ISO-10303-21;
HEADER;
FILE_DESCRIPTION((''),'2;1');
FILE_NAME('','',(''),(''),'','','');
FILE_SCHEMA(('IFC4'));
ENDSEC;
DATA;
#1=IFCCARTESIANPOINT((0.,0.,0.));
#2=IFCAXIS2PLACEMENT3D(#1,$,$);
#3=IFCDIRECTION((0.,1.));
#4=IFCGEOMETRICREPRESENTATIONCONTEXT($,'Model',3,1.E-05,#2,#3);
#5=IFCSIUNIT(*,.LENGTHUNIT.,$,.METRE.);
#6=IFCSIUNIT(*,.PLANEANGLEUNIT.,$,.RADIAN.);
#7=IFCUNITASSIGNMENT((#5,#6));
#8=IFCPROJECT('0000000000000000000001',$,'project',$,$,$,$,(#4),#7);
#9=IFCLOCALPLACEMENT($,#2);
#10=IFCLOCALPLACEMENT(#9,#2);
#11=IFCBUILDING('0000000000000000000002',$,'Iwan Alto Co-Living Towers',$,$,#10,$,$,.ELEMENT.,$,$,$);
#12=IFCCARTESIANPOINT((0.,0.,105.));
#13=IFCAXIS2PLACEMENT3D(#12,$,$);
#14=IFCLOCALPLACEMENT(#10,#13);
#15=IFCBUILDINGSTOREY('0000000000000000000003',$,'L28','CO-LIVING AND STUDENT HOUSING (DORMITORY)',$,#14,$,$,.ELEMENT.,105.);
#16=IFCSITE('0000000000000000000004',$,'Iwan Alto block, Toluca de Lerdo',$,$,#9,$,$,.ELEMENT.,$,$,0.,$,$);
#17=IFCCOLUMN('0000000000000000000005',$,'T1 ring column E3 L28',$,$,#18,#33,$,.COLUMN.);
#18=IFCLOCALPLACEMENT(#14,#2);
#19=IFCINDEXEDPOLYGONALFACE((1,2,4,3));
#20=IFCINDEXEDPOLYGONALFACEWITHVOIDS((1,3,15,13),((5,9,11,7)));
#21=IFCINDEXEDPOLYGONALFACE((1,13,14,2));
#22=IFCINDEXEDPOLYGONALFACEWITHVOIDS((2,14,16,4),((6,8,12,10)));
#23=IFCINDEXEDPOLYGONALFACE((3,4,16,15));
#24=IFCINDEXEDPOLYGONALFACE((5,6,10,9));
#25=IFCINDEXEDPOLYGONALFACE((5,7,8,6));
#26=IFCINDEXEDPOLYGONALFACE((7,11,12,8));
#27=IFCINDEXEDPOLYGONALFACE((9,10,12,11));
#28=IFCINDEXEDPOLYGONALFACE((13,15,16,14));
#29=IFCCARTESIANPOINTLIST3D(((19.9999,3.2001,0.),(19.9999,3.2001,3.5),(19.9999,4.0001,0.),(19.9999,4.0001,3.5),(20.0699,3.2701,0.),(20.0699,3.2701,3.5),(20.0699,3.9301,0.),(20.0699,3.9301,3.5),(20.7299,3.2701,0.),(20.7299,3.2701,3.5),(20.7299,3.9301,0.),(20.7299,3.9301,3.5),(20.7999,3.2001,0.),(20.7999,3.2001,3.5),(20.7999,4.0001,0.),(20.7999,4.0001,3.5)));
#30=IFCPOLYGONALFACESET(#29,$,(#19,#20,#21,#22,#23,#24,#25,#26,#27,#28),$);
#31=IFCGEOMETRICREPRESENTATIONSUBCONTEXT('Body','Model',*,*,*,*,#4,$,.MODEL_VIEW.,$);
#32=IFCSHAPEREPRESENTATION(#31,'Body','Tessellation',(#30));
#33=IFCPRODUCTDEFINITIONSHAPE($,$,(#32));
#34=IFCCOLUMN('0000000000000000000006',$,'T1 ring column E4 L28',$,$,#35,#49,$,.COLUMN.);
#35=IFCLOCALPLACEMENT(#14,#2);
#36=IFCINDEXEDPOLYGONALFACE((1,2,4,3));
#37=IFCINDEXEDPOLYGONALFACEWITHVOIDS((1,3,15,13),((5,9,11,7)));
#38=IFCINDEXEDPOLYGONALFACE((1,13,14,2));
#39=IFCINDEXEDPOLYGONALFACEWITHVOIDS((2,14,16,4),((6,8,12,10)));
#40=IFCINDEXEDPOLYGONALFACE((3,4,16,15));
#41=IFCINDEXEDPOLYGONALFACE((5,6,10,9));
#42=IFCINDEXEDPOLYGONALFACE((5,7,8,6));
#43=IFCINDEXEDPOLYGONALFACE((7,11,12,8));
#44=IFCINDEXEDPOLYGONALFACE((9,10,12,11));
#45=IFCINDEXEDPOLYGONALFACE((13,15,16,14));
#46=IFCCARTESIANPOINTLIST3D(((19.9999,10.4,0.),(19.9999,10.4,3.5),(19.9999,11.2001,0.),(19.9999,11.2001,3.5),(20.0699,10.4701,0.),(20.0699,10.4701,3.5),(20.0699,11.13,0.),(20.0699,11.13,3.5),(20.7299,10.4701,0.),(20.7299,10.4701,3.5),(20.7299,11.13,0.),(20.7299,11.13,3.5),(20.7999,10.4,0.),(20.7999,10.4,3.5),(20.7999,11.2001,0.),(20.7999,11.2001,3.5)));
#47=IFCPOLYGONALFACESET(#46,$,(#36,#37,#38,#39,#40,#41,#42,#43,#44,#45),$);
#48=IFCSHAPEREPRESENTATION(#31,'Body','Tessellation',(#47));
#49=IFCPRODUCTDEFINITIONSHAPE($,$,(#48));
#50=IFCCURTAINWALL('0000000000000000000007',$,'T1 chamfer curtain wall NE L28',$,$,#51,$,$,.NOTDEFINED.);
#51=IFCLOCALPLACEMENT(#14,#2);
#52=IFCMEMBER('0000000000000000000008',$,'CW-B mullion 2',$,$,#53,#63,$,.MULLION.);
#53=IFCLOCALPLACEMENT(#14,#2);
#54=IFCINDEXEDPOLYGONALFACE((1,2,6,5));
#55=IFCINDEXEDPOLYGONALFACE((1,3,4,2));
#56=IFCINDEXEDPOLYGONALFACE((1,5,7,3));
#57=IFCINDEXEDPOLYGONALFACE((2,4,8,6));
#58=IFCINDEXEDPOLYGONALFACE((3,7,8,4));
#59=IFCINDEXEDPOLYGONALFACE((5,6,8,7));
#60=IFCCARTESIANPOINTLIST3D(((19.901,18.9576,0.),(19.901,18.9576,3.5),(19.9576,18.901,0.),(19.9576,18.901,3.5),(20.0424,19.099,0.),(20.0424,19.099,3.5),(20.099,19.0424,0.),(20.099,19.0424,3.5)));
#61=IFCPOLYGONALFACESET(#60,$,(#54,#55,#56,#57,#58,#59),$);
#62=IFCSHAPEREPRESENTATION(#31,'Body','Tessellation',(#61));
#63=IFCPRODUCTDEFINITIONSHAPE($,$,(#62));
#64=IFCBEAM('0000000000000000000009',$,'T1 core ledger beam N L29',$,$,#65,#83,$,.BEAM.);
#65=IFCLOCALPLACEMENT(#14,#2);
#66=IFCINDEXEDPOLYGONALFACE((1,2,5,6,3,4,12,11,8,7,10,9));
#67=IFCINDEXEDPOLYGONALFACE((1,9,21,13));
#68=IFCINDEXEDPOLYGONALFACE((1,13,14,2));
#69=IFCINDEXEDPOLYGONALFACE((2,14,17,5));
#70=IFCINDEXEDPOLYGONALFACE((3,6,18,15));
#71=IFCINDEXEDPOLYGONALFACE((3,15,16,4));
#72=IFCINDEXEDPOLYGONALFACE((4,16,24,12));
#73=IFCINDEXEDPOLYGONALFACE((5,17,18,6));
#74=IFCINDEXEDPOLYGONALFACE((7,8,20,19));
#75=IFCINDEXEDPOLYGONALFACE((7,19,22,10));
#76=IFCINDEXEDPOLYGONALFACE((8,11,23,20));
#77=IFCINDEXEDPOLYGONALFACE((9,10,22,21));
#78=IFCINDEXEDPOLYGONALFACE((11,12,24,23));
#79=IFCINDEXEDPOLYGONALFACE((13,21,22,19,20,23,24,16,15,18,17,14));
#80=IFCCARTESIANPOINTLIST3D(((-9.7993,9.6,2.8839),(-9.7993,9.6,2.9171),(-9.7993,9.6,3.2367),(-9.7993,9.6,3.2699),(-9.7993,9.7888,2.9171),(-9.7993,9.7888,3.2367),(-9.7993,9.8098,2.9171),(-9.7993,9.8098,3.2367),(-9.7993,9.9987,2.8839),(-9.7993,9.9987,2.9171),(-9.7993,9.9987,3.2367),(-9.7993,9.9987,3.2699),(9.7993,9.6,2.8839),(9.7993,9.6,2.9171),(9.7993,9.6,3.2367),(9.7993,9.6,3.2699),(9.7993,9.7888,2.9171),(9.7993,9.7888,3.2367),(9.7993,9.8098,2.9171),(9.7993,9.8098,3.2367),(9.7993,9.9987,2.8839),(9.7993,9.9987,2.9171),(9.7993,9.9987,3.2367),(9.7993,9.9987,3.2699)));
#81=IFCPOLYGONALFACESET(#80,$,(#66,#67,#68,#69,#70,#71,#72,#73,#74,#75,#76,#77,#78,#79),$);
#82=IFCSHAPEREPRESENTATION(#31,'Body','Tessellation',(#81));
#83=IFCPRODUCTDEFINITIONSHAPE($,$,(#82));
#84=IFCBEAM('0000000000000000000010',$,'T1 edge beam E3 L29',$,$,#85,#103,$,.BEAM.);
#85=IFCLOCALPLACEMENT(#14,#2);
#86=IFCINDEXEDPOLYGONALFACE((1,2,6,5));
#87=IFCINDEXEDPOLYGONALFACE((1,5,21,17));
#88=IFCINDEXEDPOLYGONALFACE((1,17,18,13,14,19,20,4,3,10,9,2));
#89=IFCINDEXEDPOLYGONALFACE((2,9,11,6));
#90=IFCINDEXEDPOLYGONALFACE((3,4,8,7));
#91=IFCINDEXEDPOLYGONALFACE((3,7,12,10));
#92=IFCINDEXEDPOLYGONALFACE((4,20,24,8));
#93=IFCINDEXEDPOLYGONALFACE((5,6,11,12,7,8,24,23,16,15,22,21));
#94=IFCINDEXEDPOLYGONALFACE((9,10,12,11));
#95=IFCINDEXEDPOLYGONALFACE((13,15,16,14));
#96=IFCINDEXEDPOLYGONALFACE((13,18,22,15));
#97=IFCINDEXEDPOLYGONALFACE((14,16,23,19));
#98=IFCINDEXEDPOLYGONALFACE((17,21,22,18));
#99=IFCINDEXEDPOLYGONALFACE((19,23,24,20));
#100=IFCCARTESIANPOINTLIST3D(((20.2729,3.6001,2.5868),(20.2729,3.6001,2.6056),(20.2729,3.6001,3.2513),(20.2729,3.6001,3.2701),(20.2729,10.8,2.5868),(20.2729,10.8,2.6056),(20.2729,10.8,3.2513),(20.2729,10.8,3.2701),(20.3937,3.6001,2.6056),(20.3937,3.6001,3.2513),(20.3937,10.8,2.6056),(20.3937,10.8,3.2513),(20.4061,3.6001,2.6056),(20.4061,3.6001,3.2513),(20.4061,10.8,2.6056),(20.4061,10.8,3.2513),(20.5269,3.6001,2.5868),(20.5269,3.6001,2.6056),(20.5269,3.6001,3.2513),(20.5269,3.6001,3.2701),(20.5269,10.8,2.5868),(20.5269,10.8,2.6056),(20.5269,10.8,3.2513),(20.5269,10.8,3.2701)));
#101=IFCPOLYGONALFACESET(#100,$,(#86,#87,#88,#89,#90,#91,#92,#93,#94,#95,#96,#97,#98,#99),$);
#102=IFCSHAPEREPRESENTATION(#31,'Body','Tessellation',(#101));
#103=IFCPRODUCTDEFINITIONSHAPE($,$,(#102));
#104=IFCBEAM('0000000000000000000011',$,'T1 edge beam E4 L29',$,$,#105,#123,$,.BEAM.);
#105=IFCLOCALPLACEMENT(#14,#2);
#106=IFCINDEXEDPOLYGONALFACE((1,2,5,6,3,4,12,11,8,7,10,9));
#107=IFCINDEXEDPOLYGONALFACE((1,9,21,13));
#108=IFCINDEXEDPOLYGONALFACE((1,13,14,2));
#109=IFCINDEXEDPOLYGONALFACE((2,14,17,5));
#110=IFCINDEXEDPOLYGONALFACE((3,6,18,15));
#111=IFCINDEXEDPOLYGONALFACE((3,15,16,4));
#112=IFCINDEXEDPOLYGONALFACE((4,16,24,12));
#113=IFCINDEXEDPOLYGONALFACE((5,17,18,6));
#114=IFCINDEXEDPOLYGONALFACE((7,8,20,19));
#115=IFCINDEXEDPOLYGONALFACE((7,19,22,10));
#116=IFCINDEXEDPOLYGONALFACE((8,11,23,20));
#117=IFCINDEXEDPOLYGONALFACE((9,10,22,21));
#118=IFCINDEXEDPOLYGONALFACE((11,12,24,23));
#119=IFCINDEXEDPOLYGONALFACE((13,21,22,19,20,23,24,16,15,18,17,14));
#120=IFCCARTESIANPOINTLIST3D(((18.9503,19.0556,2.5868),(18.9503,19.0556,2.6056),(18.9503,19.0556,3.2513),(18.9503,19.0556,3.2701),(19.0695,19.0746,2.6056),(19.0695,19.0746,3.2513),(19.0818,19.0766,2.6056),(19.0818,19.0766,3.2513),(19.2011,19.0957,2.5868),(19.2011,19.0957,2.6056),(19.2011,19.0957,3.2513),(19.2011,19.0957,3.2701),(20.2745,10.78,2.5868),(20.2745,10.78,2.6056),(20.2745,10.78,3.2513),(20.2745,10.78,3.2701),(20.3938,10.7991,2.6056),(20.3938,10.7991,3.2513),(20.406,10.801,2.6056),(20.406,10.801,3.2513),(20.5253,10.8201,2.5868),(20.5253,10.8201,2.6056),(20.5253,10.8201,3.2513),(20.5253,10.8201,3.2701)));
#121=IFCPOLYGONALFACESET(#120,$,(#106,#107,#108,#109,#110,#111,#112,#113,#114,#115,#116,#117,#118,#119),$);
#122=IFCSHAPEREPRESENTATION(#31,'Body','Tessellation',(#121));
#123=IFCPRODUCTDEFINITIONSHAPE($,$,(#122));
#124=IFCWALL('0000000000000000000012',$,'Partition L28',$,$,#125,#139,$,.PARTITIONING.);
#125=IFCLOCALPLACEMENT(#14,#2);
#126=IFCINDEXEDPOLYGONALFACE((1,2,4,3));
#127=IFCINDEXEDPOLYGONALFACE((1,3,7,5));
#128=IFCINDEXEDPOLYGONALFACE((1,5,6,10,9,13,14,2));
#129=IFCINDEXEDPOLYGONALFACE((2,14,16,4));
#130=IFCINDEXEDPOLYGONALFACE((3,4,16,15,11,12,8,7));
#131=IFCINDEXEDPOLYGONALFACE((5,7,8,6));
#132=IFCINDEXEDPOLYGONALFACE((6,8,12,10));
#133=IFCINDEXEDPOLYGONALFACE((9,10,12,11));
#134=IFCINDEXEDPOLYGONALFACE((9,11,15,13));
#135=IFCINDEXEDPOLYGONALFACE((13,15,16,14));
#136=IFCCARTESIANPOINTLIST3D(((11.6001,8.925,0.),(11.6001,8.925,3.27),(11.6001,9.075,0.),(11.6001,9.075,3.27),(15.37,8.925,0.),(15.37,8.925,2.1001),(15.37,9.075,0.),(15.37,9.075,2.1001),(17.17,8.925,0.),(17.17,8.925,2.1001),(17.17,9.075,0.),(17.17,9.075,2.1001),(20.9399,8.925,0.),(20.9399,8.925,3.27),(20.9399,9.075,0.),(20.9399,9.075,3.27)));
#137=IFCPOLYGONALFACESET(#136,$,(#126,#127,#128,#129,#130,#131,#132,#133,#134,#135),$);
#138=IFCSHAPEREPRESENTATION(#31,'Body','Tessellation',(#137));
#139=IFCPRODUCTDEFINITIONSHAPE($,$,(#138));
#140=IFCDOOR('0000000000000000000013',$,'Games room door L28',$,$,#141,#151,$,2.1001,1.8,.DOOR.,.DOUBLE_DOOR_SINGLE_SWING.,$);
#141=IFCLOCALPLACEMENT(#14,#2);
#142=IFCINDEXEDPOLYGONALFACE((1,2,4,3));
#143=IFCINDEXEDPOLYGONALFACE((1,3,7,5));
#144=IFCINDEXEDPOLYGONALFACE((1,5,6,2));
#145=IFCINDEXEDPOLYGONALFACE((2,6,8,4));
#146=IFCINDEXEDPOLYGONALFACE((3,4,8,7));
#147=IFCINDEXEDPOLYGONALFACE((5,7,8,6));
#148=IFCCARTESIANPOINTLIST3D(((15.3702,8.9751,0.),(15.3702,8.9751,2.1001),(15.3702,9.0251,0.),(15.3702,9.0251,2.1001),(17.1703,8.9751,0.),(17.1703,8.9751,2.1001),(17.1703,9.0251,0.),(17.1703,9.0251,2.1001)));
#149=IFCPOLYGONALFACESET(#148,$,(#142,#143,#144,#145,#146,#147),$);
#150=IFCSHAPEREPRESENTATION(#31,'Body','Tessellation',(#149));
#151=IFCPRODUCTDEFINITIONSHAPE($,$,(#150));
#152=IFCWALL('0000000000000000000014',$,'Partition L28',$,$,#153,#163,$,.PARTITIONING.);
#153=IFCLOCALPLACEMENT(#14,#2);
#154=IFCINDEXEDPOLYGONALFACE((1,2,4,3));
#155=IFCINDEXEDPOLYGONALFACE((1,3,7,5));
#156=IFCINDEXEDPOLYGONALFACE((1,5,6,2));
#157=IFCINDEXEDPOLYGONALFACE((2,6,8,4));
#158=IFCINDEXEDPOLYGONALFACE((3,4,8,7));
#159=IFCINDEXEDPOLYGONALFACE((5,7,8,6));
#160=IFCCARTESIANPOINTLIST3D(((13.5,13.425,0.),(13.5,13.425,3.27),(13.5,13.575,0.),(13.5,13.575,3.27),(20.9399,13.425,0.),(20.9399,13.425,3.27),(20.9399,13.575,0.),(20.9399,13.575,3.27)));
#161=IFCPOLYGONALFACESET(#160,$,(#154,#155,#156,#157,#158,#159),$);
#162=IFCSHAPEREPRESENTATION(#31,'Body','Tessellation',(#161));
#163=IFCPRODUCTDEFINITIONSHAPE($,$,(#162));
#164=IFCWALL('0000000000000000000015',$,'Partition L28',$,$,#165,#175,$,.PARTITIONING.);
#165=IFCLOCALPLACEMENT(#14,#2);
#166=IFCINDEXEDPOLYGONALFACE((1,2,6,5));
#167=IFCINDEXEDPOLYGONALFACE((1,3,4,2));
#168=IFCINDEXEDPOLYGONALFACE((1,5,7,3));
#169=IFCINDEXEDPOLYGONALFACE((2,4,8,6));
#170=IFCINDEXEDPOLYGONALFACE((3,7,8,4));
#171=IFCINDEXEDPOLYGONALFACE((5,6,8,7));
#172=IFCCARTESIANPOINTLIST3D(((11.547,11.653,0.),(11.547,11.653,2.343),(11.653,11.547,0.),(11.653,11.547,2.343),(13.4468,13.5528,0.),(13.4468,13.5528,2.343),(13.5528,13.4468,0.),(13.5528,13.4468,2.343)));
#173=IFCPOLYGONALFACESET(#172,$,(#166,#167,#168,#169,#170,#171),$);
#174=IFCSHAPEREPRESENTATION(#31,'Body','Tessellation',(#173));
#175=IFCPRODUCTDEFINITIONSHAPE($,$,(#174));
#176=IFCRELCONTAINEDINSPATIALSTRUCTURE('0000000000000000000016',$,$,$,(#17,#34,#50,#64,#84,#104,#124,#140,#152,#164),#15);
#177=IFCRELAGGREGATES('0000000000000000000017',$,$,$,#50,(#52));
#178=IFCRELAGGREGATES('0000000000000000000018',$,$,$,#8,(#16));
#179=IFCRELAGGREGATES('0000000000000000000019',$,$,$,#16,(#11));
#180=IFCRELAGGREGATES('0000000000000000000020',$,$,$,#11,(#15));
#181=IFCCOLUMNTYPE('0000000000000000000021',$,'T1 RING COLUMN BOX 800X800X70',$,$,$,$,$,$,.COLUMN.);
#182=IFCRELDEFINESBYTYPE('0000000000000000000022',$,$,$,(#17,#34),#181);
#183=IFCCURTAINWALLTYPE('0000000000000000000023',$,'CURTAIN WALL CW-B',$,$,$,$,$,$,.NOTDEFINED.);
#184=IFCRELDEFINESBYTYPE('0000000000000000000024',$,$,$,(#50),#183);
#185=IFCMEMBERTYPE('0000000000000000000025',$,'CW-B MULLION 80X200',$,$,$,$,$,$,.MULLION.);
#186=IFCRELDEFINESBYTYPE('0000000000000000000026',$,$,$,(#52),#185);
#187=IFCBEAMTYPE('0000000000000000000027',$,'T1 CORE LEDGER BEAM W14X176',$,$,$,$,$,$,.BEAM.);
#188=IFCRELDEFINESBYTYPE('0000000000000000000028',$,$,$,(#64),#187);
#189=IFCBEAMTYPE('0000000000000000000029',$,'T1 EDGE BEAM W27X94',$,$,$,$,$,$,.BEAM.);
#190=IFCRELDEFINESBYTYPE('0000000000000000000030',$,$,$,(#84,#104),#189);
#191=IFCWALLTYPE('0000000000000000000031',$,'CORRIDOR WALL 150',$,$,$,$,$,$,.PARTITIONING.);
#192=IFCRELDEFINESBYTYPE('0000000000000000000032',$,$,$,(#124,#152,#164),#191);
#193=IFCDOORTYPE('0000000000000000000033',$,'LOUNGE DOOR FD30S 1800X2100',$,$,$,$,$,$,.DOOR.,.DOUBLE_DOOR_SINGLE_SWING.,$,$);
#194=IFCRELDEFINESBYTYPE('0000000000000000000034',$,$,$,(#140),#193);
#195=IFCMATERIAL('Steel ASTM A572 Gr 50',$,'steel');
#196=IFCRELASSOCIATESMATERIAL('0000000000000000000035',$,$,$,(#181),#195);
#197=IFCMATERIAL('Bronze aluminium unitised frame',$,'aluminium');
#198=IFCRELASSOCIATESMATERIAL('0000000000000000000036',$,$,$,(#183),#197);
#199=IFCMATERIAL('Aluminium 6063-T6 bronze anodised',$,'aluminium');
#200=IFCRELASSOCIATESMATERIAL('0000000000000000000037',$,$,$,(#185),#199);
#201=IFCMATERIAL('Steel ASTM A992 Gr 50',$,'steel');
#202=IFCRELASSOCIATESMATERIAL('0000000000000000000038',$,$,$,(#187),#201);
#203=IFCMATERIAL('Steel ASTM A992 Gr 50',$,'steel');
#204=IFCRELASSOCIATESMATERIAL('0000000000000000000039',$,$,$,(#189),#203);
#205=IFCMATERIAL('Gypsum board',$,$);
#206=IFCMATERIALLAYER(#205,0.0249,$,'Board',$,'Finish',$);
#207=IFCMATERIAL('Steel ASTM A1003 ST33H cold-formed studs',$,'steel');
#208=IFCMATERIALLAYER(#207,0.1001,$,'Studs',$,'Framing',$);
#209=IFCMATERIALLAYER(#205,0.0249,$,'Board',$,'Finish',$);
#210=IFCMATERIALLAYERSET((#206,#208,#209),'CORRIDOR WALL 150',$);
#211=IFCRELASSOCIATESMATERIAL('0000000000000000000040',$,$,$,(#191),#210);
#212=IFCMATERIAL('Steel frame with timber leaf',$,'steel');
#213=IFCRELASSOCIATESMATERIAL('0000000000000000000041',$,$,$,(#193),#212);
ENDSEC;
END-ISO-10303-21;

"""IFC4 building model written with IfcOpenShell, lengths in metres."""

from ifc_helpers import new_model, si_unit, direction, frame, frame_2d, origin, origin_2d, place, context, subcontext, project, spatial, rectangle, hollow_rectangle, i_section, extrude, material, layer, layer_set, material_profile, profile_set, type_object, element, fill, aggregate, save


model = new_model("IFC4")

# Units and contexts
model_context = context("Model", 3, precision=1e-05, world=origin(), true_north=direction((0.0, 1.0)))
body_context = subcontext(model_context, "Body", "Model", "MODEL_VIEW")
ifc_project = project(units=[si_unit("LENGTHUNIT", "METRE"), si_unit("PLANEANGLEUNIT", "RADIAN")], contexts=[model_context])

# Site, building, storey
site_placement = place(None, origin())
site = spatial("IfcSite", under=ifc_project, at=site_placement, Name="Iwan Alto block, Toluca de Lerdo", CompositionType="ELEMENT", RefElevation=0.0)
building_placement = place(site_placement, origin())
building = spatial("IfcBuilding", under=site, at=building_placement, Name="Iwan Alto Co-Living Towers", CompositionType="ELEMENT")
storey_placement = place(building_placement, frame((0.0, 0.0, 105.0)))
storey = spatial("IfcBuildingStorey", under=building, at=storey_placement, Name="L28", Description="CO-LIVING AND STUDENT HOUSING (DORMITORY)", CompositionType="ELEMENT", Elevation=105.0)

# Columns
ifc_material_1 = material(Name="Steel ASTM A572 Gr 50", Category="steel")
ifc_material_profile_1 = material_profile(ifc_material_1, hollow_rectangle(XDim=0.8, YDim=0.8, WallThickness=0.0701, at=origin_2d()), Name="BOX 800X800X70")
ifc_profile_set_1 = profile_set([ifc_material_profile_1], Name="Steel ASTM A572 Gr 50")
column_type = type_object("IfcColumnType", Name="T1 RING COLUMN BOX 800X800X70", PredefinedType="COLUMN", material=ifc_profile_set_1)
for number, where, z_axis, x_axis, name in (
    (1, (20.3999, 3.6001, 0.0), (0.0, 0.0, 1.0), (1.0, 0.0, 0.0), "T1 ring column E3 L28"),
    (2, (20.3999, 10.8, 0.0), (0.0, 0.0, 1.0), (1.0, 0.0, 0.0), "T1 ring column E4 L28"),
):
    element("IfcColumn", number, at=place(storey_placement, frame(where, z_axis=z_axis, x_axis=x_axis)), inside=storey, type_object=column_type, Name=name, PredefinedType="COLUMN", context=body_context, shape_type="SweptSolid", body=[
        extrude(hollow_rectangle(XDim=0.8, YDim=0.8, WallThickness=0.0701, at=origin_2d()), origin(), (0.0, 0.0, 1.0), 3.5),
    ])

# Curtain wall, member
ifc_material_2 = material(Name="Bronze aluminium unitised frame", Category="aluminium")
curtain_wall_type = type_object("IfcCurtainWallType", Name="CURTAIN WALL CW-B", PredefinedType="NOTDEFINED", material=ifc_material_2)
curtain_wall_placement = place(storey_placement, origin())
curtain_wall = element("IfcCurtainWall", 3, at=curtain_wall_placement, inside=storey, type_object=curtain_wall_type, Name="T1 chamfer curtain wall NE L28", PredefinedType="NOTDEFINED")
ifc_material_3 = material(Name="Aluminium 6063-T6 bronze anodised", Category="aluminium")
ifc_material_profile_2 = material_profile(ifc_material_3, rectangle(XDim=0.2, YDim=0.0801, at=origin_2d()), Name="AL 80X200")
ifc_profile_set_2 = profile_set([ifc_material_profile_2], Name="Aluminium 6063-T6 bronze anodised")
member_type = type_object("IfcMemberType", Name="CW-B MULLION 80X200", PredefinedType="MULLION", material=ifc_profile_set_2)
member_placement = place(storey_placement, frame((20.0, 19.0, 0.0), z_axis=(0.0, 0.0, 1.0), x_axis=(-0.707107, -0.707107, 0.0)))
member = element("IfcMember", 4, at=member_placement, type_object=member_type, Name="CW-B mullion 2", PredefinedType="MULLION", context=body_context, shape_type="SweptSolid", body=[
    extrude(rectangle(XDim=0.2, YDim=0.0801, at=origin_2d()), origin(), (0.0, 0.0, 1.0), 3.5),
])
aggregate(curtain_wall, [member])

# Beams
ifc_material_4 = material(Name="Steel ASTM A992 Gr 50", Category="steel")
ifc_material_profile_3 = material_profile(ifc_material_4, i_section(OverallWidth=0.3987, OverallDepth=0.386, WebThickness=0.021, FlangeThickness=0.0332, at=origin_2d()), Name="W14X176")
ifc_profile_set_3 = profile_set([ifc_material_profile_3], Name="Steel ASTM A992 Gr 50")
beam_type_1 = type_object("IfcBeamType", Name="T1 CORE LEDGER BEAM W14X176", PredefinedType="BEAM", material=ifc_profile_set_3)
beam_1_placement = place(storey_placement, frame((9.7993, 9.7993, 3.0769), z_axis=(-1.0, 0.0, 0.0), x_axis=(0.0, -1.0, 0.0)))
element("IfcBeam", 5, at=beam_1_placement, inside=storey, type_object=beam_type_1, Name="T1 core ledger beam N L29", PredefinedType="BEAM", context=body_context, shape_type="SweptSolid", body=[
    extrude(i_section(OverallWidth=0.3987, OverallDepth=0.386, WebThickness=0.021, FlangeThickness=0.0332, at=origin_2d()), origin(), (0.0, 0.0, 1.0), 19.5986),
])
ifc_material_5 = material(Name="Steel ASTM A992 Gr 50", Category="steel")
ifc_material_profile_4 = material_profile(ifc_material_5, i_section(OverallWidth=0.2539, OverallDepth=0.6833, WebThickness=0.0125, FlangeThickness=0.0188, at=origin_2d()), Name="W27X94")
ifc_profile_set_4 = profile_set([ifc_material_profile_4], Name="Steel ASTM A992 Gr 50")
beam_type_2 = type_object("IfcBeamType", Name="T1 EDGE BEAM W27X94", PredefinedType="BEAM", material=ifc_profile_set_4)
beam_2_placement = place(storey_placement, frame((20.3999, 3.6001, 2.9285), z_axis=(0.0, 1.0, 0.0), x_axis=(-1.0, 0.0, 0.0)))
element("IfcBeam", 6, at=beam_2_placement, inside=storey, type_object=beam_type_2, Name="T1 edge beam E3 L29", PredefinedType="BEAM", context=body_context, shape_type="SweptSolid", body=[
    extrude(i_section(OverallWidth=0.2539, OverallDepth=0.6833, WebThickness=0.0125, FlangeThickness=0.0188, at=origin_2d()), origin(), (0.0, 0.0, 1.0), 7.2),
])
beam_3_placement = place(storey_placement, frame((20.3999, 10.8, 2.9285), z_axis=(-0.158004, 0.987438, 0.0), x_axis=(-0.987438, -0.158004, 0.0)))
element("IfcBeam", 7, at=beam_3_placement, inside=storey, type_object=beam_type_2, Name="T1 edge beam E4 L29", PredefinedType="BEAM", context=body_context, shape_type="SweptSolid", body=[
    extrude(i_section(OverallWidth=0.2539, OverallDepth=0.6833, WebThickness=0.0125, FlangeThickness=0.0188, at=origin_2d()), origin(), (0.0, 0.0, 1.0), 8.3809),
])

# Wall, opening, door
ifc_material_6 = material(Name="Gypsum board")
ifc_layer_1 = layer(ifc_material_6, 0.0249, Name="Board", Category="Finish")
ifc_material_7 = material(Name="Steel ASTM A1003 ST33H cold-formed studs", Category="steel")
ifc_layer_2 = layer(ifc_material_7, 0.1001, Name="Studs", Category="Framing")
ifc_layer_3 = layer(ifc_material_6, 0.0249, Name="Board", Category="Finish")
ifc_layer_set_1 = layer_set([ifc_layer_1, ifc_layer_2, ifc_layer_3], Name="CORRIDOR WALL 150")
wall_type_1 = type_object("IfcWallType", Name="CORRIDOR WALL 150", PredefinedType="PARTITIONING", material=ifc_layer_set_1)
wall_1_placement = place(storey_placement, frame((11.6001, 9.0, 0.0), z_axis=(0.0, 0.0, 1.0), x_axis=(1.0, 0.0, 0.0)))
wall_1 = element("IfcWall", 8, at=wall_1_placement, inside=storey, type_object=wall_type_1, Name="Partition L28", PredefinedType="PARTITIONING", context=body_context, shape_type="SweptSolid", body=[
    extrude(rectangle(XDim=9.3398, YDim=0.1499, at=frame_2d((4.6699, 0.0))), origin(), (0.0, 0.0, 1.0), 3.27),
])
opening_1_placement = place(wall_1_placement, frame((3.77, 0.0, 0.0)))
opening_1 = element("IfcOpeningElement", 9, at=opening_1_placement, cuts=wall_1, PredefinedType="OPENING", context=body_context, shape_type="SweptSolid", body=[
    extrude(rectangle(XDim=1.8, YDim=2.1001, at=frame_2d((0.8999, 1.05))), frame((0.0, 0.085, 0.0), z_axis=(0.0, -1.0, 0.0), x_axis=(1.0, 0.0, 0.0)), (0.0, 0.0, 1.0), 0.1699),
])
ifc_material_8 = material(Name="Steel frame with timber leaf", Category="steel")
door_type_1 = type_object("IfcDoorType", Name="LOUNGE DOOR FD30S 1800X2100", OperationType="DOUBLE_DOOR_SINGLE_SWING", PredefinedType="DOOR", material=ifc_material_8)
door_1_placement = place(opening_1_placement, frame((1.8, 0.0, 0.0), z_axis=(0.0, 0.0, 1.0), x_axis=(-1.0, 0.0, 0.0)))
door_1 = element("IfcDoor", 10, at=door_1_placement, inside=storey, type_object=door_type_1, Name="Games room door L28", OperationType="DOUBLE_DOOR_SINGLE_SWING", OverallHeight=2.1001, OverallWidth=1.8, PredefinedType="DOOR", context=body_context, shape_type="SweptSolid", body=[
    extrude(rectangle(XDim=1.8, YDim=2.1001, at=frame_2d((0.8999, 1.05))), frame((0.0, 0.0249, 0.0), z_axis=(0.0, -1.0, 0.0), x_axis=(1.0, 0.0, 0.0)), (0.0, 0.0, 1.0), 0.05),
])
fill(opening_1, door_1)

# Walls
wall_2_placement = place(storey_placement, frame((13.5, 13.5, 0.0), z_axis=(0.0, 0.0, 1.0), x_axis=(1.0, 0.0, 0.0)))
element("IfcWall", 11, at=wall_2_placement, inside=storey, type_object=wall_type_1, Name="Partition L28", PredefinedType="PARTITIONING", context=body_context, shape_type="SweptSolid", body=[
    extrude(rectangle(XDim=7.4399, YDim=0.1499, at=frame_2d((3.72, 0.0))), origin(), (0.0, 0.0, 1.0), 3.27),
])
wall_3_placement = place(storey_placement, frame((11.6001, 11.6001, 0.0), z_axis=(0.0, 0.0, 1.0), x_axis=(0.707107, 0.707107, 0.0)))
element("IfcWall", 12, at=wall_3_placement, inside=storey, type_object=wall_type_1, Name="Partition L28", PredefinedType="PARTITIONING", context=body_context, shape_type="SweptSolid", body=[
    extrude(rectangle(XDim=2.6868, YDim=0.1499, at=frame_2d((1.3433, 0.0))), origin(), (0.0, 0.0, 1.0), 2.343),
])

save(model, "model.ifc")
